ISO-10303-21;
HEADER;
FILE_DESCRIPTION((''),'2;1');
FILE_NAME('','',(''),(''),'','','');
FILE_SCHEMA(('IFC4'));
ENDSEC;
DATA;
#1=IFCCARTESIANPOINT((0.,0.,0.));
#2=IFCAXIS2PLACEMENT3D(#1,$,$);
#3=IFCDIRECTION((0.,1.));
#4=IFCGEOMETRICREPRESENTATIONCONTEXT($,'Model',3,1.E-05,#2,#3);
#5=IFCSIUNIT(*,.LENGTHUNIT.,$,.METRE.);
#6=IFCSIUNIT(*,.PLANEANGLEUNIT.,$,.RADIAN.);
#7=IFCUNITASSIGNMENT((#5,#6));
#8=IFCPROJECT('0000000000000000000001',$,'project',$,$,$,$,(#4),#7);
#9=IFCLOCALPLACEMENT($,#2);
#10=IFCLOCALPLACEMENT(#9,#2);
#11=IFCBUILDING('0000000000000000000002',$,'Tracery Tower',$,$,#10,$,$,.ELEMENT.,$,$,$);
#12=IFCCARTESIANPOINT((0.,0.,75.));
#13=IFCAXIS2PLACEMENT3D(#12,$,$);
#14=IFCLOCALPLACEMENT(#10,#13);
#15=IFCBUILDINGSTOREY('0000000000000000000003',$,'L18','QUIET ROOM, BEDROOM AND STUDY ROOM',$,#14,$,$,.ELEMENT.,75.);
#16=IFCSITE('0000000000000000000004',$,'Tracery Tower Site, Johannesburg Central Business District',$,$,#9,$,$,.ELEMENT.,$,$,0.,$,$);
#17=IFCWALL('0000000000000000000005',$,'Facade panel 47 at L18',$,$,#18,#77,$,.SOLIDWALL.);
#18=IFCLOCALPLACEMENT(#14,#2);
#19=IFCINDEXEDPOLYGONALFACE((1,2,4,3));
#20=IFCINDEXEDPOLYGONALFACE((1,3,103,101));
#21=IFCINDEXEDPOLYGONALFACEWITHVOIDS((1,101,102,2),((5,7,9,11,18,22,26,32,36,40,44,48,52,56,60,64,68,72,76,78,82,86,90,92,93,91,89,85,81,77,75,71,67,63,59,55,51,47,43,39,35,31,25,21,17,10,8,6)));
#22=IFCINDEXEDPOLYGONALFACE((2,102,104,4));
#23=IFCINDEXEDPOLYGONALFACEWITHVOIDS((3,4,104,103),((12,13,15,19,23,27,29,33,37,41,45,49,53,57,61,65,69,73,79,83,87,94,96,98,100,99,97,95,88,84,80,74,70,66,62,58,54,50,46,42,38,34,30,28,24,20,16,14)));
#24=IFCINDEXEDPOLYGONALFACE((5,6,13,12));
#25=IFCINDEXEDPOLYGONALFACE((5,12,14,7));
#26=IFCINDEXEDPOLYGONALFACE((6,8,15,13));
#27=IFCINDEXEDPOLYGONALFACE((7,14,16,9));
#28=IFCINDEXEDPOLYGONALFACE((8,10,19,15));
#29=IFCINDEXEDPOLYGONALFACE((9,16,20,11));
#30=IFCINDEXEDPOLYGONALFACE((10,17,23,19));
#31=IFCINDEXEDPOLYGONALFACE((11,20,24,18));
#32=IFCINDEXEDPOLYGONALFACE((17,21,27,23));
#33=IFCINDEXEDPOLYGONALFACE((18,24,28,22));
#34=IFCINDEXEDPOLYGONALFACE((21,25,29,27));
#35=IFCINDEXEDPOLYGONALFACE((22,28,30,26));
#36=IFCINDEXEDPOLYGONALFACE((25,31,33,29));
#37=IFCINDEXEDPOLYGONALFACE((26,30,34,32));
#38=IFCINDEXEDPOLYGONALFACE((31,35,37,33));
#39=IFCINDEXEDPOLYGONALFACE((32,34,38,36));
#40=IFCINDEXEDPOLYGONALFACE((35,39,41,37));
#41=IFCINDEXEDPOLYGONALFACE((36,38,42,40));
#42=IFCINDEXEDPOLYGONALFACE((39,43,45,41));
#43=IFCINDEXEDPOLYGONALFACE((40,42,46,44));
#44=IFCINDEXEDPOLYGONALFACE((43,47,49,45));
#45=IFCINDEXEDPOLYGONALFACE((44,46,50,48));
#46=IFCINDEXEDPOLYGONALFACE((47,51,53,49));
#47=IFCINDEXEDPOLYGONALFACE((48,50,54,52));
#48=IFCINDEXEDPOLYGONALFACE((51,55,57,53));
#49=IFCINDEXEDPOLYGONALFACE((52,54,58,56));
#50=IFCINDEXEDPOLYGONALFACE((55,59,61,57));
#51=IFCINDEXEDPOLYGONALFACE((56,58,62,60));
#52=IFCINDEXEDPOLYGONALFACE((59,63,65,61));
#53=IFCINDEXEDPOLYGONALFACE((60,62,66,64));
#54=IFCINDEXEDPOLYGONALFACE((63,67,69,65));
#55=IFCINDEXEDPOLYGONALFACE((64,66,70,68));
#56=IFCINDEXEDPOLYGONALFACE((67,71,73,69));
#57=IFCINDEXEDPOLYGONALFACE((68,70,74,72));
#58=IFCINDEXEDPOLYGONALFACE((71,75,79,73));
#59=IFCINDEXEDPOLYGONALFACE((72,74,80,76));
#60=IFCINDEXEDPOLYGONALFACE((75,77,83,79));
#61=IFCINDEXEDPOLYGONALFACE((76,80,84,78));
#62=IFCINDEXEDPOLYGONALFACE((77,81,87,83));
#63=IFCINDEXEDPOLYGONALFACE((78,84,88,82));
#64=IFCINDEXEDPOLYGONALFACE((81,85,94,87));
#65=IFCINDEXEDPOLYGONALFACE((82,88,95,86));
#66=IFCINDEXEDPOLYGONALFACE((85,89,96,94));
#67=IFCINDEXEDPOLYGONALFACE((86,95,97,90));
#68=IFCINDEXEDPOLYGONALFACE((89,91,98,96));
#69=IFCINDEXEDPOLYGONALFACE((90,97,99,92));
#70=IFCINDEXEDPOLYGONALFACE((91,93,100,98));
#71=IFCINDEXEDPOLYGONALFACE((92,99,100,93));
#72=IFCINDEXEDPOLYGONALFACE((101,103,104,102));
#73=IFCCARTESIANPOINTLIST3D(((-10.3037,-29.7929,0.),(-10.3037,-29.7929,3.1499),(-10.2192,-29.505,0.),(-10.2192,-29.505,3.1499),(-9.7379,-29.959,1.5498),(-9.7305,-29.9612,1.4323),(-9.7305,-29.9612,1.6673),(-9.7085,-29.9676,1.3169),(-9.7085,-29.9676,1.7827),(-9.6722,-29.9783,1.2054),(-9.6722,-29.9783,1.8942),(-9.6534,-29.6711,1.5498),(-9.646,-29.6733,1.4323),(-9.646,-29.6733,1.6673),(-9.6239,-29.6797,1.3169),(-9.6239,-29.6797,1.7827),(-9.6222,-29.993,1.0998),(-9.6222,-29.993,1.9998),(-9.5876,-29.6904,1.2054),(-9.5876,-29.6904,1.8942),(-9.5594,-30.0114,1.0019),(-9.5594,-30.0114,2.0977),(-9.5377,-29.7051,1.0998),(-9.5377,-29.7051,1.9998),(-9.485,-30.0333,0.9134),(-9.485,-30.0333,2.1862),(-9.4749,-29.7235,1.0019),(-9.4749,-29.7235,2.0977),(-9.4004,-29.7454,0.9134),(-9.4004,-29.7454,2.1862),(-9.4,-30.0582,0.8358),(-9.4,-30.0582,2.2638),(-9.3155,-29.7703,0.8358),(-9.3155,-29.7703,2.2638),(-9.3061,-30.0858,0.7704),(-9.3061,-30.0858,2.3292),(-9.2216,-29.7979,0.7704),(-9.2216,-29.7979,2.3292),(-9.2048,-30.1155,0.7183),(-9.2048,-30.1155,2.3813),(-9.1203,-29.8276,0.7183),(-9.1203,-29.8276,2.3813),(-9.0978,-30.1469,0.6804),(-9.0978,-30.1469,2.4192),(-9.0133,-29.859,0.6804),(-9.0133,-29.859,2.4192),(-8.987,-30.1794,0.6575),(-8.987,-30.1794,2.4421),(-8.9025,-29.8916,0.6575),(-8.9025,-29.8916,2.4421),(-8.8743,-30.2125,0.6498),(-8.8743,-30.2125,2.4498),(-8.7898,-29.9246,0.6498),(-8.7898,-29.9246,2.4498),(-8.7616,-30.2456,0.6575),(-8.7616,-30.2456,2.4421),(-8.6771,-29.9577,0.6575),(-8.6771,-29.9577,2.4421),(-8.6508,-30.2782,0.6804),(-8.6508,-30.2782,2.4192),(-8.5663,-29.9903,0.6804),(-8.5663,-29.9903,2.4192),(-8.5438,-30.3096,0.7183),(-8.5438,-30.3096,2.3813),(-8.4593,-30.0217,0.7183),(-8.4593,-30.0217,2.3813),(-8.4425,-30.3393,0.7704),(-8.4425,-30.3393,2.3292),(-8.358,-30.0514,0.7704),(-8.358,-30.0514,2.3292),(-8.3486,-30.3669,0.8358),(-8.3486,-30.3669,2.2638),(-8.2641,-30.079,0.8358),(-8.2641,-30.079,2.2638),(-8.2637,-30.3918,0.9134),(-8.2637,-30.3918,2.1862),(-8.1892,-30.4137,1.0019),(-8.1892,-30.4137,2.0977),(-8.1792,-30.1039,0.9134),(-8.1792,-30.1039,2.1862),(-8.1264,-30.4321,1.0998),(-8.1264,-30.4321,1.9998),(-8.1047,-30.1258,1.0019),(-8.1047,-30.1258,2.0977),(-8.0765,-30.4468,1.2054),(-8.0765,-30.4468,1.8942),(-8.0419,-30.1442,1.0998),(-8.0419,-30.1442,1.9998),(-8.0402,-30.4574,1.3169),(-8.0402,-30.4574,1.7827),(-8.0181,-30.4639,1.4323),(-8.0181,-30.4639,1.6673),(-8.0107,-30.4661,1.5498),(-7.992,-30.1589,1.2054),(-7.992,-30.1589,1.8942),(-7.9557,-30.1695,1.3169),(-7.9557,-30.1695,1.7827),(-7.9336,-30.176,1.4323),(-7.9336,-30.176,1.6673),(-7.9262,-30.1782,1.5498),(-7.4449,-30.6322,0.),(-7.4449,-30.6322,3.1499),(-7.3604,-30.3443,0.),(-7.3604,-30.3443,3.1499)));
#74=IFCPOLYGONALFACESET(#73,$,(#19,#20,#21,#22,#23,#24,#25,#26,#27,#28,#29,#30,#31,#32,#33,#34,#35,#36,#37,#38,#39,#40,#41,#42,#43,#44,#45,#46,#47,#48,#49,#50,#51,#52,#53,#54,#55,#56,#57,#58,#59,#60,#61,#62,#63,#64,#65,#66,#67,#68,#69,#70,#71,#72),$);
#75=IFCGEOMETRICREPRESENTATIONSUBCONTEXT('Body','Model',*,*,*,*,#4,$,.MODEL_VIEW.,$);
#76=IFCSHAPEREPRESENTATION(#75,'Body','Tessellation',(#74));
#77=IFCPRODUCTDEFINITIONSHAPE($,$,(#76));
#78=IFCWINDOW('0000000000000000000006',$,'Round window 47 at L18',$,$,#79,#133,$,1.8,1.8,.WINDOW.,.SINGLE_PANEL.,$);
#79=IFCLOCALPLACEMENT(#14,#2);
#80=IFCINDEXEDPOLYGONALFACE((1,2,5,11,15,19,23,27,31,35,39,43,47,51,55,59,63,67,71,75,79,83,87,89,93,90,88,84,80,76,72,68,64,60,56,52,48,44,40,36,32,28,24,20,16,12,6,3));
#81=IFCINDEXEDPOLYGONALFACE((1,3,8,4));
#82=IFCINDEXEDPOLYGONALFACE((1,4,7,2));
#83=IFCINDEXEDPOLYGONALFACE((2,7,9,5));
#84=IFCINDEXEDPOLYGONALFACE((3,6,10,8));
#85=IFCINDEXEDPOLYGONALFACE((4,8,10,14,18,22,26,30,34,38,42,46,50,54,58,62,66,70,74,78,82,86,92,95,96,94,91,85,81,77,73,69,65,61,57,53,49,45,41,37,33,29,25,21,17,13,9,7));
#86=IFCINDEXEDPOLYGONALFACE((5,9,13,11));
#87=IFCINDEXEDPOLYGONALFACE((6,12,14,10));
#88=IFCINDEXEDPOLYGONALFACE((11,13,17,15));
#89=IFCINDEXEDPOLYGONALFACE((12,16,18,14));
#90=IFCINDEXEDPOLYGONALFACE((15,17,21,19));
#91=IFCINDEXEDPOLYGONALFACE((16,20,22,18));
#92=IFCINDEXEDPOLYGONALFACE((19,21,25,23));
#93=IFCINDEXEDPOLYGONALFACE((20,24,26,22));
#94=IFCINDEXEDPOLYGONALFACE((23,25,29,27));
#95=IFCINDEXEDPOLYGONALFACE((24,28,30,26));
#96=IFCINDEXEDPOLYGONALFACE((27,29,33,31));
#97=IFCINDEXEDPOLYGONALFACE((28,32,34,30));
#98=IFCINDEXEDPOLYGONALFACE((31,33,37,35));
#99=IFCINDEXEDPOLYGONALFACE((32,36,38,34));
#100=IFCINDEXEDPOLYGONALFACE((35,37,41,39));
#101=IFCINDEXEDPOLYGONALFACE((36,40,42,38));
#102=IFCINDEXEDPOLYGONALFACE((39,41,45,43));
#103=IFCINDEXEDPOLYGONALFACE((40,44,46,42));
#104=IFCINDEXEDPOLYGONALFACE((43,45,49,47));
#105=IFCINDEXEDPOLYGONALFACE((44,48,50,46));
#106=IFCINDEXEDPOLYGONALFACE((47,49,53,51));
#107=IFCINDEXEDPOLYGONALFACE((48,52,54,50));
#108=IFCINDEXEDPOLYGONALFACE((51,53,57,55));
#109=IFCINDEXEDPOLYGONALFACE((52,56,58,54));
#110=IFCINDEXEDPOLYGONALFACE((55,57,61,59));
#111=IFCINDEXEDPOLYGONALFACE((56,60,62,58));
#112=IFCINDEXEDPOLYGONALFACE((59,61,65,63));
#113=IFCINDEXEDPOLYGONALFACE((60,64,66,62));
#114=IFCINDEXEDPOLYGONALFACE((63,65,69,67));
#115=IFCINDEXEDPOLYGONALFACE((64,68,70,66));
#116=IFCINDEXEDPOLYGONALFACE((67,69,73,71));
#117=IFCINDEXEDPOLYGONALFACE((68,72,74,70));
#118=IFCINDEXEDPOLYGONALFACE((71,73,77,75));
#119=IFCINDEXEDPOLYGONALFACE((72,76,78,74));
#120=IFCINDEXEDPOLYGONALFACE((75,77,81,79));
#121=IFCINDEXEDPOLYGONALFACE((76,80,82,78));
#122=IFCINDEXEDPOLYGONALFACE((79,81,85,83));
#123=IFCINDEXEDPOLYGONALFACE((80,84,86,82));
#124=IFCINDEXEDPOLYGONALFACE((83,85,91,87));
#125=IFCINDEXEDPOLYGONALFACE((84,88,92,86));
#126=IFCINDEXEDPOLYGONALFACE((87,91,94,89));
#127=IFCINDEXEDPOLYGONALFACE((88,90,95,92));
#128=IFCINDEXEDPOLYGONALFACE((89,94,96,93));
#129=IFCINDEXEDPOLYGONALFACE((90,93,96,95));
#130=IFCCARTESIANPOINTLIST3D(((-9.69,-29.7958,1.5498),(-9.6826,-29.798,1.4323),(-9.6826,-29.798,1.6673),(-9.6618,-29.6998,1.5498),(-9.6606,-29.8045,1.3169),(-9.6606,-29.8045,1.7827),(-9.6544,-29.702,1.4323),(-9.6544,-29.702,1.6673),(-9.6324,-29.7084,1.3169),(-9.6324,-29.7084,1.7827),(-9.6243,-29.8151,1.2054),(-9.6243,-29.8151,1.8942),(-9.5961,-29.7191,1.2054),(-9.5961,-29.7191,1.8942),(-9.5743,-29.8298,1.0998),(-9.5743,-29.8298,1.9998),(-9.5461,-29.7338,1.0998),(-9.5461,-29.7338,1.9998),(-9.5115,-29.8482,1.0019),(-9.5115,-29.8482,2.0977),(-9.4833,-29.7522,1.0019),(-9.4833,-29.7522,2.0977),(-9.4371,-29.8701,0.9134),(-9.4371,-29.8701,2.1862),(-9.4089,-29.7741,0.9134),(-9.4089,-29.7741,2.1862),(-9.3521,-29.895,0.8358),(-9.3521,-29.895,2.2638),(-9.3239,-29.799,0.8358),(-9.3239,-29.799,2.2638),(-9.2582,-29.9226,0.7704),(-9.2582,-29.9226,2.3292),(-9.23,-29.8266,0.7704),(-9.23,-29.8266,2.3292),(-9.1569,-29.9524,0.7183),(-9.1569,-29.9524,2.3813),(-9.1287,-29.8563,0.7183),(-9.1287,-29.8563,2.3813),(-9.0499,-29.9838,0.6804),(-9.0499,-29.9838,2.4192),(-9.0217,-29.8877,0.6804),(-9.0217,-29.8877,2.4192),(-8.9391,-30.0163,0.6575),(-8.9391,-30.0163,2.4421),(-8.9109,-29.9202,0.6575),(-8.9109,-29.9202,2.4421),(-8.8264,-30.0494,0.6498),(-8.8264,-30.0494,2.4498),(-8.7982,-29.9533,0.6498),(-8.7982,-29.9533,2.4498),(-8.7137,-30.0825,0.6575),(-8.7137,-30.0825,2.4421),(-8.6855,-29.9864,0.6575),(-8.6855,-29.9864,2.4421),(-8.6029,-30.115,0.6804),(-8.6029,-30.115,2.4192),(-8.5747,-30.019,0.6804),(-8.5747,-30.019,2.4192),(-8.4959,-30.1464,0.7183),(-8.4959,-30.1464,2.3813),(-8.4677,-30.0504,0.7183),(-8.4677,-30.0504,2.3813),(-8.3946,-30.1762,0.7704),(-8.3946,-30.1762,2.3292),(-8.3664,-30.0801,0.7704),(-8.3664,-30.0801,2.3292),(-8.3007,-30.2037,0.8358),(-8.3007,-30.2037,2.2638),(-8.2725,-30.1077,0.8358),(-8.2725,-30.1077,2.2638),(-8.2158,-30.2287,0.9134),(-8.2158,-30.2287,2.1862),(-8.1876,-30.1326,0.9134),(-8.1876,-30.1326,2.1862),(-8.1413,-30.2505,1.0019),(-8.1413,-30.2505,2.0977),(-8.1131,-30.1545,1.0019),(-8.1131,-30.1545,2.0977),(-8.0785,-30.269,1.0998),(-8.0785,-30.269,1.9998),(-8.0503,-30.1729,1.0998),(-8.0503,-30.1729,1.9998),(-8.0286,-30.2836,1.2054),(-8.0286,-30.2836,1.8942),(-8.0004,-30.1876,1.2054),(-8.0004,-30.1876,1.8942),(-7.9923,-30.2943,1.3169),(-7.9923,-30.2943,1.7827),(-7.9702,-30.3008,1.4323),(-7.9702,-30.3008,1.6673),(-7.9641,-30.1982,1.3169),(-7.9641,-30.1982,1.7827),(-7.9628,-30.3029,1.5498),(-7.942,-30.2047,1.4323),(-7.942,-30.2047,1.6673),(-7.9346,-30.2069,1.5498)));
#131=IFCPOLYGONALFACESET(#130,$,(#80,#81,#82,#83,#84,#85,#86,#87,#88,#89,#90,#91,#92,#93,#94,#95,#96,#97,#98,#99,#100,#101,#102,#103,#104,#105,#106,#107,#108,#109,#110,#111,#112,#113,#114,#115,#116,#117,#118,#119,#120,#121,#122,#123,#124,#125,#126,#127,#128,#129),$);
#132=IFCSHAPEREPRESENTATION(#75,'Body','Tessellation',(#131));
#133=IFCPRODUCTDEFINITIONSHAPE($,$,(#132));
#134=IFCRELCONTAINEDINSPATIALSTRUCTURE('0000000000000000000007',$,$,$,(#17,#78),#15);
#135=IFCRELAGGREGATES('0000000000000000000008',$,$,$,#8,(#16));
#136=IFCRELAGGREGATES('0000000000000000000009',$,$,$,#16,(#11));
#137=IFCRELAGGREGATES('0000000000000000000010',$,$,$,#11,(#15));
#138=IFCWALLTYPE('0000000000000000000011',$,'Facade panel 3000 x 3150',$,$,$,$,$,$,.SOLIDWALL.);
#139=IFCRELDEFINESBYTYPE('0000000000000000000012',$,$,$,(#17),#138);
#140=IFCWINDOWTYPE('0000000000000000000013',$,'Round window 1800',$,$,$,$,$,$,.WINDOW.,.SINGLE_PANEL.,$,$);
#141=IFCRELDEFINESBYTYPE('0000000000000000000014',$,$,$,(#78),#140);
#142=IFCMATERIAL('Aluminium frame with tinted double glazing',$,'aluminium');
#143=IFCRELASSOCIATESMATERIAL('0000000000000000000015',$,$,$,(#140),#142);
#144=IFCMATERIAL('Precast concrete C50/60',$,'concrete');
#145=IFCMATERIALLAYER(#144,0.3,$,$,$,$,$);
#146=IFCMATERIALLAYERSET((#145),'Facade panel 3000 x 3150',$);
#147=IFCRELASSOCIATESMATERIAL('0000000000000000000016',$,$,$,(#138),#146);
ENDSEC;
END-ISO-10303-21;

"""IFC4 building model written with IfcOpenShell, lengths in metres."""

from ifc_helpers import new_model, si_unit, direction, frame, frame_2d, origin, origin_2d, place, context, subcontext, project, spatial, rectangle, circle, extrude, material, layer, layer_set, type_object, element, fill, save


model = new_model("IFC4")

# Units and contexts
model_context = context("Model", 3, precision=1e-05, world=origin(), true_north=direction((0.0, 1.0)))
body_context = subcontext(model_context, "Body", "Model", "MODEL_VIEW")
ifc_project = project(units=[si_unit("LENGTHUNIT", "METRE"), si_unit("PLANEANGLEUNIT", "RADIAN")], contexts=[model_context])

# Site, building, storey
site_placement = place(None, origin())
site = spatial("IfcSite", under=ifc_project, at=site_placement, Name="Tracery Tower Site, Johannesburg Central Business District", CompositionType="ELEMENT", RefElevation=0.0)
building_placement = place(site_placement, origin())
building = spatial("IfcBuilding", under=site, at=building_placement, Name="Tracery Tower", CompositionType="ELEMENT")
storey_placement = place(building_placement, frame((0.0, 0.0, 75.0)))
storey = spatial("IfcBuildingStorey", under=building, at=storey_placement, Name="L18", Description="QUIET ROOM, BEDROOM AND STUDY ROOM", CompositionType="ELEMENT", Elevation=75.0)

# Wall, opening, window
ifc_material_1 = material(Name="Aluminium frame with tinted double glazing", Category="aluminium")
window_type = type_object("IfcWindowType", Name="Round window 1800", PartitioningType="SINGLE_PANEL", PredefinedType="WINDOW", material=ifc_material_1)
ifc_material_2 = material(Name="Precast concrete C50/60", Category="concrete")
ifc_layer_1 = layer(ifc_material_2, 0.3)
ifc_layer_set_1 = layer_set([ifc_layer_1], Name="Facade panel 3000 x 3150")
wall_type_1 = type_object("IfcWallType", Name="Facade panel 3000 x 3150", PredefinedType="SOLIDWALL", material=ifc_layer_set_1)
wall_1_placement = place(storey_placement, frame((-10.2615, -29.6489, 0.0), z_axis=(0.0, 0.0, 1.0), x_axis=(0.959501, -0.281705, 0.0)))
wall_1 = element("IfcWall", 1, at=wall_1_placement, inside=storey, type_object=wall_type_1, Name="Facade panel 47 at L18", PredefinedType="SOLIDWALL", context=body_context, shape_type="SweptSolid", body=[
    extrude(rectangle(XDim=2.9795, YDim=0.3, at=frame_2d((1.4897, 0.0))), origin(), (0.0, 0.0, 1.0), 3.1499),
])
opening_1_placement = place(wall_1_placement, frame((1.4897, 0.0, 1.5498)))
opening_1 = element("IfcOpeningElement", 2, at=opening_1_placement, cuts=wall_1, PredefinedType="OPENING", context=body_context, shape_type="SweptSolid", body=[
    extrude(circle(Radius=0.9, at=origin_2d()), frame((0.0, 0.1599, 0.0), z_axis=(0.0, -1.0, 0.0), x_axis=(1.0, 0.0, 0.0)), (0.0, 0.0, 1.0), 0.3201),
])
window_1_placement = place(opening_1_placement, origin())
window_1 = element("IfcWindow", 3, at=window_1_placement, inside=storey, type_object=window_type, Name="Round window 47 at L18", OverallHeight=1.8, OverallWidth=1.8, PartitioningType="SINGLE_PANEL", PredefinedType="WINDOW", context=body_context, shape_type="SweptSolid", body=[
    extrude(circle(Radius=0.9, at=origin_2d()), frame((0.0, 0.1201, 0.0), z_axis=(0.0, -1.0, 0.0), x_axis=(1.0, 0.0, 0.0)), (0.0, 0.0, 1.0), 0.1001),
])
fill(opening_1, window_1)

save(model, "model.ifc")
